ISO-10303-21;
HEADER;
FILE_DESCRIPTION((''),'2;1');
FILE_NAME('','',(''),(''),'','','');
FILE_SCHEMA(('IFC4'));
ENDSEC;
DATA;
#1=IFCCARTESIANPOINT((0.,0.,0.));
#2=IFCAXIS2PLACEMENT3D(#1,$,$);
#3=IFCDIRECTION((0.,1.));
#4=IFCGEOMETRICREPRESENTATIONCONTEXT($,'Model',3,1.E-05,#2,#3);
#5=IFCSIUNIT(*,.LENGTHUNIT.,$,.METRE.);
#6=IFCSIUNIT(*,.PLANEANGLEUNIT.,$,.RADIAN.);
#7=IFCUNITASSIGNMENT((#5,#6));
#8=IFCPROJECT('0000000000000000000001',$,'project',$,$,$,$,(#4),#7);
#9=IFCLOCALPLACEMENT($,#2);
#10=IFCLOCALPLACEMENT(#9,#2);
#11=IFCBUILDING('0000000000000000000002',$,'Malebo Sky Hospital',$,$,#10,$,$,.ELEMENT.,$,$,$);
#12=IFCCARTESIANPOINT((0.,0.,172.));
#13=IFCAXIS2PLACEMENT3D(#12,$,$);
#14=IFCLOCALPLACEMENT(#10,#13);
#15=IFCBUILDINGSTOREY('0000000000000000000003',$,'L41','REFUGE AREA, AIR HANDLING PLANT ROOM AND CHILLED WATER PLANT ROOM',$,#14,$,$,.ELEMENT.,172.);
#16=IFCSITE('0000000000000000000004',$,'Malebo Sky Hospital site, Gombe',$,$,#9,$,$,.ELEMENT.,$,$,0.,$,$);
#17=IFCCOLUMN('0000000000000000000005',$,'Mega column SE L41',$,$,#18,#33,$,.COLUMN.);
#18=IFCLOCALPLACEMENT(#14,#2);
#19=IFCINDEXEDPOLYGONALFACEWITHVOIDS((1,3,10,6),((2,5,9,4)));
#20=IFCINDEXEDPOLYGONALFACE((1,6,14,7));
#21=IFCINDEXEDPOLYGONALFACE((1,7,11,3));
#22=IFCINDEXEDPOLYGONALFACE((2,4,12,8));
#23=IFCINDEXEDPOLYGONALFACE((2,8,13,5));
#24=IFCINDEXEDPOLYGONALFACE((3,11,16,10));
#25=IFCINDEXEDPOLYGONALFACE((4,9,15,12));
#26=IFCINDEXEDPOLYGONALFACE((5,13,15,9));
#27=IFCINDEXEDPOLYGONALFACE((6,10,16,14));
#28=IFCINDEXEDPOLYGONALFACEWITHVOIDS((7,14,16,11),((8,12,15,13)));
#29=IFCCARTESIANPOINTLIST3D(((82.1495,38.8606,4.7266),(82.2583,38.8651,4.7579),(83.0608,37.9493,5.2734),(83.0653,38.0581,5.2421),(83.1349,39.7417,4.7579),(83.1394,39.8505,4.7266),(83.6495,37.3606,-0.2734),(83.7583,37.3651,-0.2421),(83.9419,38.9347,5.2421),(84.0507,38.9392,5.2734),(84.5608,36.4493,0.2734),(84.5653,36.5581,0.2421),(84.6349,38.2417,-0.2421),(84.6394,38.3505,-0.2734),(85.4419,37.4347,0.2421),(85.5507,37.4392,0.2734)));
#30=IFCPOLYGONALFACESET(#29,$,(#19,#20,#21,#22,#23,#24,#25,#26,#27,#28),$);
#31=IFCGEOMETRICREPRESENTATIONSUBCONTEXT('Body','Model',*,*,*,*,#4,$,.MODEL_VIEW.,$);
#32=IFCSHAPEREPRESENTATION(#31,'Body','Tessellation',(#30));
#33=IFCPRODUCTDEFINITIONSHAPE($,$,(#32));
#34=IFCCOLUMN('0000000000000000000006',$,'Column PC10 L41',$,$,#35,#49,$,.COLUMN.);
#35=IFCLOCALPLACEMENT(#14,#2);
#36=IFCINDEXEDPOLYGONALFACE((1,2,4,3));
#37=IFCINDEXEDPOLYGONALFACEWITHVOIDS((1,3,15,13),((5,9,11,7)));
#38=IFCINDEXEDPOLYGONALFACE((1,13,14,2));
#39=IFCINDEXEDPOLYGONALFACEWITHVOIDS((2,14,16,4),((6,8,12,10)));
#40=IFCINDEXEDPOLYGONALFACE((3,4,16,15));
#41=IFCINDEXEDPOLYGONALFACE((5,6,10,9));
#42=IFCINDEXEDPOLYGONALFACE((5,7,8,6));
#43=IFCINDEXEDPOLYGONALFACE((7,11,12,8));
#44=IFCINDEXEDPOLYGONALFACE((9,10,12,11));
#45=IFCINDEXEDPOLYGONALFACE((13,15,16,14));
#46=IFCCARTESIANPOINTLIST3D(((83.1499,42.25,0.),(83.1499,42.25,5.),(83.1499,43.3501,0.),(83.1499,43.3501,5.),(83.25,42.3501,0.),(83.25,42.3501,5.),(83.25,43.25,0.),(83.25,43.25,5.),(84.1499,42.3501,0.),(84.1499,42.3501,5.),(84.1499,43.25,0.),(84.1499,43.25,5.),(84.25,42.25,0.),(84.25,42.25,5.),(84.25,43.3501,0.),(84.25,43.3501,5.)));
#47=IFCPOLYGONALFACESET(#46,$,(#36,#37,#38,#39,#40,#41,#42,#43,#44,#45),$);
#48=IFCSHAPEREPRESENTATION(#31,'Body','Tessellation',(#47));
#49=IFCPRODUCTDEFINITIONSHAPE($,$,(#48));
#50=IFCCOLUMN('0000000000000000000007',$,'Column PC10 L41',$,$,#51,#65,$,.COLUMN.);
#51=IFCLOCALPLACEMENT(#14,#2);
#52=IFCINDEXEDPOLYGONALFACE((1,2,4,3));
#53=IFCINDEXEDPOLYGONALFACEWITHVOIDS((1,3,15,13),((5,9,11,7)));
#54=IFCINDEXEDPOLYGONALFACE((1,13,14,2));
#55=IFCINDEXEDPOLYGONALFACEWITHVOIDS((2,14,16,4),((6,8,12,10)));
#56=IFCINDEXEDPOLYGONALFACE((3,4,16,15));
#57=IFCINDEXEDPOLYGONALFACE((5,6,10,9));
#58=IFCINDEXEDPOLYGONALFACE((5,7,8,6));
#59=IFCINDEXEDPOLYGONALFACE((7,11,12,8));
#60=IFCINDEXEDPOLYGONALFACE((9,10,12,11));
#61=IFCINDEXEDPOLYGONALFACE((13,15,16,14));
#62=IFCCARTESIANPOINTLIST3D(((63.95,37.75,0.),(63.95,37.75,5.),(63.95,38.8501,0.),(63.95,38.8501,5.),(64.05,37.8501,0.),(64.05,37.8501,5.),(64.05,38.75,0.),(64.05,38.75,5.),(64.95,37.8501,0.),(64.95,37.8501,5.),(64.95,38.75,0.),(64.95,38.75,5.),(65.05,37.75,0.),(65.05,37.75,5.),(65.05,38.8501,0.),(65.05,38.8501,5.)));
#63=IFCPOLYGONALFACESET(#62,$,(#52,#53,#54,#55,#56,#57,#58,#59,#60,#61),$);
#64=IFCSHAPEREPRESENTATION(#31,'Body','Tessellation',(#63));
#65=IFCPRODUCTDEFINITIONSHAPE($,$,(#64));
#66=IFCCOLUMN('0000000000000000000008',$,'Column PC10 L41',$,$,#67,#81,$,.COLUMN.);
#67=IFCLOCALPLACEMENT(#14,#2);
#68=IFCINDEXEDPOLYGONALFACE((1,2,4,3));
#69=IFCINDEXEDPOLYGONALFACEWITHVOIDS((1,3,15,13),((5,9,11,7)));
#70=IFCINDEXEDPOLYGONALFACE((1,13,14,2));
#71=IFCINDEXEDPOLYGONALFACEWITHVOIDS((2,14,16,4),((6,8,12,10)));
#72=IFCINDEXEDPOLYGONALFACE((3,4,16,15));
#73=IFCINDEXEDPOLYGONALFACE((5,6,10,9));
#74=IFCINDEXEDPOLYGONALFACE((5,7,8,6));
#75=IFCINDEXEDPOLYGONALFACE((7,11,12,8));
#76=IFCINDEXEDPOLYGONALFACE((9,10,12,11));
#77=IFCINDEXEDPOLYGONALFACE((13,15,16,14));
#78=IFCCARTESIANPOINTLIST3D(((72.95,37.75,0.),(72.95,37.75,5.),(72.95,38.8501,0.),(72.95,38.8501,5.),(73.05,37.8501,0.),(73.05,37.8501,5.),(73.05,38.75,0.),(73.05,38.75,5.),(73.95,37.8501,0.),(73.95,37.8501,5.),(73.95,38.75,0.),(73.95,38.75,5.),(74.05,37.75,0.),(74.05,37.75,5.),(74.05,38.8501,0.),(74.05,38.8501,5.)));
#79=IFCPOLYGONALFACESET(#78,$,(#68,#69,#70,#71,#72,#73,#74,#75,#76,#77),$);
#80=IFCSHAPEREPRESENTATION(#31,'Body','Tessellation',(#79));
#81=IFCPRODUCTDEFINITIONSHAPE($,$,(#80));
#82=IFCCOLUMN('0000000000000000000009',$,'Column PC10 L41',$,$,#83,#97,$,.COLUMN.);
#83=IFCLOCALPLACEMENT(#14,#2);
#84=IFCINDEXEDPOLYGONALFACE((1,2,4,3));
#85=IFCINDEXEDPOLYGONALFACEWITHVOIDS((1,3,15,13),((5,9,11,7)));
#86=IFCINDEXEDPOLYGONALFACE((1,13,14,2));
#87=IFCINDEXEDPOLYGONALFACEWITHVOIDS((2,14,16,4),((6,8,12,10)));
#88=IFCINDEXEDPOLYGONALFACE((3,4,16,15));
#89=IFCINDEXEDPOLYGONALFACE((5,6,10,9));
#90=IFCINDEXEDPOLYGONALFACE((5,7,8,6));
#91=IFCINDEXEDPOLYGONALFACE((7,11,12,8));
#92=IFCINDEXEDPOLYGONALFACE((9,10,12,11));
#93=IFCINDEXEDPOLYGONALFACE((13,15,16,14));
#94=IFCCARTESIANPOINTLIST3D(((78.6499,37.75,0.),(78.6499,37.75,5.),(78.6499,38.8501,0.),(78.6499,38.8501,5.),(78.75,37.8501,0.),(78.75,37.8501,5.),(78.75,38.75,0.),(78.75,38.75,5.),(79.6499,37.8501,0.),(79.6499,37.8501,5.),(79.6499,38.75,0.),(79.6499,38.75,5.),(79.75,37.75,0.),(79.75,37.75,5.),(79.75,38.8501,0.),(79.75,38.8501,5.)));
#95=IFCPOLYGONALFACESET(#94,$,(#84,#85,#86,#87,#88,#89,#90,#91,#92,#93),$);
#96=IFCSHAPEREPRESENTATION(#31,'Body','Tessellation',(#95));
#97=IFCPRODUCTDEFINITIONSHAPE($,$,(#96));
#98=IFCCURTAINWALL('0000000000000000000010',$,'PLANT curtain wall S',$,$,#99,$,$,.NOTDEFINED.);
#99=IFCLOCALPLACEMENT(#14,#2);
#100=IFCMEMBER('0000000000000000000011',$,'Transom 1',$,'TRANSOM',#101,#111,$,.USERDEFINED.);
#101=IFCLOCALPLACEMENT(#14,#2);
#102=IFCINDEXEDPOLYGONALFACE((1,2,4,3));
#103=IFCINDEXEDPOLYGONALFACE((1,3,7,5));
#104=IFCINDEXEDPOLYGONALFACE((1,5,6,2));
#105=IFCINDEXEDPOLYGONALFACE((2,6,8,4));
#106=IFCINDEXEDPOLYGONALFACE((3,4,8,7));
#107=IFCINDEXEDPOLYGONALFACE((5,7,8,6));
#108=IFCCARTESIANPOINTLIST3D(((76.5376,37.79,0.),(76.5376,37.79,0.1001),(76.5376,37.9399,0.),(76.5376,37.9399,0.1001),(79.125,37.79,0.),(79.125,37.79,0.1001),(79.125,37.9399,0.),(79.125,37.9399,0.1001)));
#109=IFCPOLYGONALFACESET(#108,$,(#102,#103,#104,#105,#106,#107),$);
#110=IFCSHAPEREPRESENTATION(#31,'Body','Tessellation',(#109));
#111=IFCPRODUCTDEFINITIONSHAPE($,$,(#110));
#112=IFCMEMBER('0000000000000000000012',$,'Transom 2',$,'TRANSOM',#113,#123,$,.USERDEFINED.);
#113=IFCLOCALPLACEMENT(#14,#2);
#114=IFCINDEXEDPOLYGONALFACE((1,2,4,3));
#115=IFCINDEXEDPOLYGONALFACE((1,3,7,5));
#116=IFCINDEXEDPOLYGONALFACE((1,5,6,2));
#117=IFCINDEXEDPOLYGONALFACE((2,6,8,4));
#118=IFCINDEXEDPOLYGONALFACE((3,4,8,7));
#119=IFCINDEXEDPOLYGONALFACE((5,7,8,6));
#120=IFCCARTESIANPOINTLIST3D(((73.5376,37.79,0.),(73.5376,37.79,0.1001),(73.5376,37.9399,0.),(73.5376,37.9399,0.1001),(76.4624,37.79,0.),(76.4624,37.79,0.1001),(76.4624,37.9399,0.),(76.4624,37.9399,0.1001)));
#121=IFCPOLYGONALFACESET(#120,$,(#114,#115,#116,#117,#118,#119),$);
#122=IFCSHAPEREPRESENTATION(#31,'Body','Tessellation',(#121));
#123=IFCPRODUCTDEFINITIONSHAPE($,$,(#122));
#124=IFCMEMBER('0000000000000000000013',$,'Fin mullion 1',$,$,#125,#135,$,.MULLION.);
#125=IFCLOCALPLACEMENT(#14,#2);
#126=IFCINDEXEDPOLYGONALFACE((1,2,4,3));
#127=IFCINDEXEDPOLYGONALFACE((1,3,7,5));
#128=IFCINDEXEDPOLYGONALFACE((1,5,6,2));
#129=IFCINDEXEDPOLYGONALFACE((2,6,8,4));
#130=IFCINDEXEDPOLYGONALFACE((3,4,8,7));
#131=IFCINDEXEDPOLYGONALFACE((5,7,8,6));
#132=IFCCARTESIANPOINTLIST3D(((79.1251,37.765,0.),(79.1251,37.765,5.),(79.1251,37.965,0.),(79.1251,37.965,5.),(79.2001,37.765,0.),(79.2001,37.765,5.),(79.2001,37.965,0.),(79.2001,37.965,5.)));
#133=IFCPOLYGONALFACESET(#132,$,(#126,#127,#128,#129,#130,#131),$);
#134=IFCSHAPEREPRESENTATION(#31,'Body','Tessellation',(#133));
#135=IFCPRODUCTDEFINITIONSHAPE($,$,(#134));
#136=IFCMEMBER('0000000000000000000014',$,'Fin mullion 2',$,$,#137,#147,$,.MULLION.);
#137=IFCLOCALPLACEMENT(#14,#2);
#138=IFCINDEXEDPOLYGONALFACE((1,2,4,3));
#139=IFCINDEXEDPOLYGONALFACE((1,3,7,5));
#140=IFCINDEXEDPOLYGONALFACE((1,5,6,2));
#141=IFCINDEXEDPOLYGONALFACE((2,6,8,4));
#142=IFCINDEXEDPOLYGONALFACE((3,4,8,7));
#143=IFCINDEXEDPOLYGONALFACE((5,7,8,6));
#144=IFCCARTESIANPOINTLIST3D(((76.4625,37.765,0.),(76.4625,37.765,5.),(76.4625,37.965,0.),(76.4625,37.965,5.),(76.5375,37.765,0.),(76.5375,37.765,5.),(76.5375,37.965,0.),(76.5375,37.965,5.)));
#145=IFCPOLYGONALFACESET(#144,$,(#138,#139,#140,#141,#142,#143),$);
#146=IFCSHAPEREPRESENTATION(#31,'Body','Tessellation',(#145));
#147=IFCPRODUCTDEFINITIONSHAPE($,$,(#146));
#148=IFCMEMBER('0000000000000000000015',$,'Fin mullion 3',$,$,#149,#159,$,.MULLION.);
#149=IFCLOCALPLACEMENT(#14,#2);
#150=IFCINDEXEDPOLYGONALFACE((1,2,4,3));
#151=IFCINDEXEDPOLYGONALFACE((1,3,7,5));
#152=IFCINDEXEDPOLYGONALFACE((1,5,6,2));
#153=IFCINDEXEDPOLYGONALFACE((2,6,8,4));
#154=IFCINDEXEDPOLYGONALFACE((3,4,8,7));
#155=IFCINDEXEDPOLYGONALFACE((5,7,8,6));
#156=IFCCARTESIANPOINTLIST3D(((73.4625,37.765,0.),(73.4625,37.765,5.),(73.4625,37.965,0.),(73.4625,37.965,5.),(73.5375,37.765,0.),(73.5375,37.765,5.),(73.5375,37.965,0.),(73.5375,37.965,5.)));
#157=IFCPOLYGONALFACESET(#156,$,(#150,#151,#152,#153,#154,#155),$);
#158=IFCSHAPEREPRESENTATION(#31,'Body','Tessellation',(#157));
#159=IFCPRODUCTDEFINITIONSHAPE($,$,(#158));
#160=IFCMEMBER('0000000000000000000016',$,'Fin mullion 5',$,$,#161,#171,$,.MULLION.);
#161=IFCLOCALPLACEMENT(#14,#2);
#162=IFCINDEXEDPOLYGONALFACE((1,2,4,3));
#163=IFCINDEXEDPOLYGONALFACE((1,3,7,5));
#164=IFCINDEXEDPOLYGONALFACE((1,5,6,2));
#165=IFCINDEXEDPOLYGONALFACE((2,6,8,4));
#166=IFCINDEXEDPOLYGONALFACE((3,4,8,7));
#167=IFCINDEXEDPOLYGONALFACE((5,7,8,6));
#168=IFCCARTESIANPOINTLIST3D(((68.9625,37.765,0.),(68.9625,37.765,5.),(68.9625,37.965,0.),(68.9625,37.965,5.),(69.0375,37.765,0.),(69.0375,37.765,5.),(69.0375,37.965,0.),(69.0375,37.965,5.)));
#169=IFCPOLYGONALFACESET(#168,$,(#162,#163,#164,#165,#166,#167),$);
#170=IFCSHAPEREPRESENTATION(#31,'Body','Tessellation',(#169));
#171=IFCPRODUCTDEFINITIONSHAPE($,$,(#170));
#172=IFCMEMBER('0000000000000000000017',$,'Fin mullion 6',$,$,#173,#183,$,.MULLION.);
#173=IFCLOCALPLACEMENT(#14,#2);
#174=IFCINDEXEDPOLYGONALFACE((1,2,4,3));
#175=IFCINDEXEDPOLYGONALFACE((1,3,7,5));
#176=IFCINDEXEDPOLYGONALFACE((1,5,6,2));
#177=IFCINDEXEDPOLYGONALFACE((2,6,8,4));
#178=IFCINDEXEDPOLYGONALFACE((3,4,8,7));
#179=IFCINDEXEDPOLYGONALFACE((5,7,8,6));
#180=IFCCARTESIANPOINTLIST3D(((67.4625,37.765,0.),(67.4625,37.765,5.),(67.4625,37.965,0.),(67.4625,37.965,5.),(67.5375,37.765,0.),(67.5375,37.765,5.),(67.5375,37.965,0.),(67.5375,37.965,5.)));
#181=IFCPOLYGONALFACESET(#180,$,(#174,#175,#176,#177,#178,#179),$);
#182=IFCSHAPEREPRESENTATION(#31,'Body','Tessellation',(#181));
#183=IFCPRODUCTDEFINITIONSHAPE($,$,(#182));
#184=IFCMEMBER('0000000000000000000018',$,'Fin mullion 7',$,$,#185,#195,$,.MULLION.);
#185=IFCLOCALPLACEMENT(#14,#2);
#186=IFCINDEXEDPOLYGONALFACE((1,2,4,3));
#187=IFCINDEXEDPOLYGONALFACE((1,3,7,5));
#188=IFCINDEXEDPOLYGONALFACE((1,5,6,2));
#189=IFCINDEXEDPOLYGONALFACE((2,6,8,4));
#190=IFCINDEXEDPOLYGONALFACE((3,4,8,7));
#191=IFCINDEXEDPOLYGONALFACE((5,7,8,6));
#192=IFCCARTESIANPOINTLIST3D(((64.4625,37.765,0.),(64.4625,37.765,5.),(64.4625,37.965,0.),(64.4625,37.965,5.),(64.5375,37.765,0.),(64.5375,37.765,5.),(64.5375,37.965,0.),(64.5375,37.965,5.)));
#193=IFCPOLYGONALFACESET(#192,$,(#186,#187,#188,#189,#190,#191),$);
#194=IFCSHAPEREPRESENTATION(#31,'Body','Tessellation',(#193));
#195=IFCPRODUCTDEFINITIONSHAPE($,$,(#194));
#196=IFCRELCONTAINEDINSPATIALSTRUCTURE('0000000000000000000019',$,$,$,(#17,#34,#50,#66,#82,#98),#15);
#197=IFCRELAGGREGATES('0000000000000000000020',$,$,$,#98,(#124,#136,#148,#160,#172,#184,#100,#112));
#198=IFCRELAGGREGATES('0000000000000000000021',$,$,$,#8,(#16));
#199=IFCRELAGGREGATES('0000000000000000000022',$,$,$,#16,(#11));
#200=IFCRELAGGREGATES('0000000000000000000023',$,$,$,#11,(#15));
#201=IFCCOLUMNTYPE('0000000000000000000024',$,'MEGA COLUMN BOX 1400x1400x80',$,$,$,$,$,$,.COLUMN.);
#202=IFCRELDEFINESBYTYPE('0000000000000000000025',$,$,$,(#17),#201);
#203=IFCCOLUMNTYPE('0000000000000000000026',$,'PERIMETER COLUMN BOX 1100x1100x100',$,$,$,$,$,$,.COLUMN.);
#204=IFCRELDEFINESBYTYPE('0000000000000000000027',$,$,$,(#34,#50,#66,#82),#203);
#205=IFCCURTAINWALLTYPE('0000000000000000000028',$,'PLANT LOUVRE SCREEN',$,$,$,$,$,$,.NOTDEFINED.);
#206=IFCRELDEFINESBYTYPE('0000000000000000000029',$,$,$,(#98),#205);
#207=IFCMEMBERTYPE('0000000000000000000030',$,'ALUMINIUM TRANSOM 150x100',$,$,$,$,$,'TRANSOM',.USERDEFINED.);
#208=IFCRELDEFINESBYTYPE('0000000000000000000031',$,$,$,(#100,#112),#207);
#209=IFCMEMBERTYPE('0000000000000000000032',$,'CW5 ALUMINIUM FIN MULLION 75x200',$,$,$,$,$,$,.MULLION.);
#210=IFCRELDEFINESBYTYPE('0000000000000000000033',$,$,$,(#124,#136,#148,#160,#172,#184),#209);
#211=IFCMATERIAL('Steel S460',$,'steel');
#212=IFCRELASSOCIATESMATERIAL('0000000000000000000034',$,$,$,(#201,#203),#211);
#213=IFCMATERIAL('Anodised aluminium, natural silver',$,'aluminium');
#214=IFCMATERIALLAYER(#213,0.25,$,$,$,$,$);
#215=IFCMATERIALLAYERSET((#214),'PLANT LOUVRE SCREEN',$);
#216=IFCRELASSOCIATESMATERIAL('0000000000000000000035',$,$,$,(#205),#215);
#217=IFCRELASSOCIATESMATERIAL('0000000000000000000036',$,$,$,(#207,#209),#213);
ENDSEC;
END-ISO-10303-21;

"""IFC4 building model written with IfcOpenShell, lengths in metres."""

from ifc_helpers import new_model, si_unit, direction, frame, origin, origin_2d, place, context, subcontext, project, spatial, rectangle, hollow_rectangle, extrude, material, layer, layer_set, material_profile, profile_set, type_object, element, aggregate, save


model = new_model("IFC4")

# Units and contexts
model_context = context("Model", 3, precision=1e-05, world=origin(), true_north=direction((0.0, 1.0)))
body_context = subcontext(model_context, "Body", "Model", "MODEL_VIEW")
ifc_project = project(units=[si_unit("LENGTHUNIT", "METRE"), si_unit("PLANEANGLEUNIT", "RADIAN")], contexts=[model_context])

# Site, building, storey
site_placement = place(None, origin())
site = spatial("IfcSite", under=ifc_project, at=site_placement, Name="Malebo Sky Hospital site, Gombe", CompositionType="ELEMENT", RefElevation=0.0)
building_placement = place(site_placement, origin())
building = spatial("IfcBuilding", under=site, at=building_placement, Name="Malebo Sky Hospital", CompositionType="ELEMENT")
storey_placement = place(building_placement, frame((0.0, 0.0, 172.0)))
storey = spatial("IfcBuildingStorey", under=building, at=storey_placement, Name="L41", Description="REFUGE AREA, AIR HANDLING PLANT ROOM AND CHILLED WATER PLANT ROOM", CompositionType="ELEMENT", Elevation=172.0)

# Columns
ifc_material_1 = material(Name="Steel S460", Category="steel")
ifc_material_profile_1 = material_profile(ifc_material_1, hollow_rectangle(XDim=1.3999, YDim=1.3999, WallThickness=0.0801, at=origin_2d()), Name="BOX 1400x1400x80")
ifc_profile_set_1 = profile_set([ifc_material_profile_1], Name="Steel S460")
column_type_1 = type_object("IfcColumnType", Name="MEGA COLUMN BOX 1400x1400x80", PredefinedType="COLUMN", material=ifc_profile_set_1)
column_placement = place(storey_placement, frame((84.6001, 37.3999, 0.0), z_axis=(-0.276172, 0.276172, 0.920575), x_axis=(-0.707107, -0.707107, 0.0)))
element("IfcColumn", 1, at=column_placement, inside=storey, type_object=column_type_1, Name="Mega column SE L41", PredefinedType="COLUMN", context=body_context, shape_type="SweptSolid", body=[
    extrude(hollow_rectangle(XDim=1.3999, YDim=1.3999, WallThickness=0.0801, at=origin_2d()), origin(), (0.0, 0.0, 1.0), 5.4314),
])
ifc_material_profile_2 = material_profile(ifc_material_1, hollow_rectangle(XDim=1.1001, YDim=1.1001, WallThickness=0.1001, at=origin_2d()), Name="BOX 1100x1100x100")
ifc_profile_set_2 = profile_set([ifc_material_profile_2], Name="Steel S460")
column_type_2 = type_object("IfcColumnType", Name="PERIMETER COLUMN BOX 1100x1100x100", PredefinedType="COLUMN", material=ifc_profile_set_2)
for number, where, z_axis, x_axis, name in (
    (2, (83.7, 42.8, 0.0), (0.0, 0.0, 1.0), (1.0, 0.0, 0.0), "Column PC10 L41"),
    (3, (64.5, 38.3, 0.0), (0.0, 0.0, 1.0), (1.0, 0.0, 0.0), "Column PC10 L41"),
    (4, (73.5, 38.3, 0.0), (0.0, 0.0, 1.0), (1.0, 0.0, 0.0), "Column PC10 L41"),
    (5, (79.2, 38.3, 0.0), (0.0, 0.0, 1.0), (1.0, 0.0, 0.0), "Column PC10 L41"),
):
    element("IfcColumn", number, at=place(storey_placement, frame(where, z_axis=z_axis, x_axis=x_axis)), inside=storey, type_object=column_type_2, Name=name, PredefinedType="COLUMN", context=body_context, shape_type="SweptSolid", body=[
        extrude(hollow_rectangle(XDim=1.1001, YDim=1.1001, WallThickness=0.1001, at=origin_2d()), origin(), (0.0, 0.0, 1.0), 5.0),
    ])

# Curtain wall, members
ifc_material_2 = material(Name="Anodised aluminium, natural silver", Category="aluminium")
ifc_layer_1 = layer(ifc_material_2, 0.25)
ifc_layer_set_1 = layer_set([ifc_layer_1], Name="PLANT LOUVRE SCREEN")
curtain_wall_type = type_object("IfcCurtainWallType", Name="PLANT LOUVRE SCREEN", PredefinedType="NOTDEFINED", material=ifc_layer_set_1)
curtain_wall_placement = place(storey_placement, origin())
curtain_wall = element("IfcCurtainWall", 6, at=curtain_wall_placement, inside=storey, type_object=curtain_wall_type, Name="PLANT curtain wall S", PredefinedType="NOTDEFINED")
ifc_material_profile_3 = material_profile(ifc_material_2, rectangle(XDim=0.1499, YDim=0.1001, at=origin_2d()), Name="ALUMINIUM TRANSOM 150x100")
ifc_profile_set_3 = profile_set([ifc_material_profile_3], Name="Anodised aluminium, natural silver")
member_type_1 = type_object("IfcMemberType", Name="ALUMINIUM TRANSOM 150x100", ElementType="TRANSOM", PredefinedType="USERDEFINED", material=ifc_profile_set_3)
member_1_placement = place(storey_placement, frame((79.125, 37.865, 0.05), z_axis=(-1.0, 0.0, 0.0), x_axis=(0.0, -1.0, 0.0)))
member_1 = element("IfcMember", 7, at=member_1_placement, type_object=member_type_1, Name="Transom 1", ObjectType="TRANSOM", PredefinedType="USERDEFINED", context=body_context, shape_type="SweptSolid", body=[
    extrude(rectangle(XDim=0.1499, YDim=0.1001, at=origin_2d()), origin(), (0.0, 0.0, 1.0), 2.5874),
])
member_2_placement = place(storey_placement, frame((76.4624, 37.865, 0.05), z_axis=(-1.0, 0.0, 0.0), x_axis=(0.0, -1.0, 0.0)))
member_2 = element("IfcMember", 8, at=member_2_placement, type_object=member_type_1, Name="Transom 2", ObjectType="TRANSOM", PredefinedType="USERDEFINED", context=body_context, shape_type="SweptSolid", body=[
    extrude(rectangle(XDim=0.1499, YDim=0.1001, at=origin_2d()), origin(), (0.0, 0.0, 1.0), 2.9248),
])
ifc_material_profile_4 = material_profile(ifc_material_2, rectangle(XDim=0.075, YDim=0.2, at=origin_2d()), Name="CW5 ALUMINIUM FIN MULLION 75x200")
ifc_profile_set_4 = profile_set([ifc_material_profile_4], Name="Anodised aluminium, natural silver")
member_type_2 = type_object("IfcMemberType", Name="CW5 ALUMINIUM FIN MULLION 75x200", PredefinedType="MULLION", material=ifc_profile_set_4)
member_3_placement = place(storey_placement, frame((79.1626, 37.865, 0.0), z_axis=(0.0, 0.0, 1.0), x_axis=(-1.0, 0.0, 0.0)))
member_3 = element("IfcMember", 9, at=member_3_placement, type_object=member_type_2, Name="Fin mullion 1", PredefinedType="MULLION", context=body_context, shape_type="SweptSolid", body=[
    extrude(rectangle(XDim=0.075, YDim=0.2, at=origin_2d()), origin(), (0.0, 0.0, 1.0), 5.0),
])
member_4_placement = place(storey_placement, frame((76.5, 37.865, 0.0), z_axis=(0.0, 0.0, 1.0), x_axis=(-1.0, 0.0, 0.0)))
member_4 = element("IfcMember", 10, at=member_4_placement, type_object=member_type_2, Name="Fin mullion 2", PredefinedType="MULLION", context=body_context, shape_type="SweptSolid", body=[
    extrude(rectangle(XDim=0.075, YDim=0.2, at=origin_2d()), origin(), (0.0, 0.0, 1.0), 5.0),
])
member_5_placement = place(storey_placement, frame((73.5, 37.865, 0.0), z_axis=(0.0, 0.0, 1.0), x_axis=(-1.0, 0.0, 0.0)))
member_5 = element("IfcMember", 11, at=member_5_placement, type_object=member_type_2, Name="Fin mullion 3", PredefinedType="MULLION", context=body_context, shape_type="SweptSolid", body=[
    extrude(rectangle(XDim=0.075, YDim=0.2, at=origin_2d()), origin(), (0.0, 0.0, 1.0), 5.0),
])
member_6_placement = place(storey_placement, frame((69.0, 37.865, 0.0), z_axis=(0.0, 0.0, 1.0), x_axis=(-1.0, 0.0, 0.0)))
member_6 = element("IfcMember", 12, at=member_6_placement, type_object=member_type_2, Name="Fin mullion 5", PredefinedType="MULLION", context=body_context, shape_type="SweptSolid", body=[
    extrude(rectangle(XDim=0.075, YDim=0.2, at=origin_2d()), origin(), (0.0, 0.0, 1.0), 5.0),
])
member_7_placement = place(storey_placement, frame((67.5, 37.865, 0.0), z_axis=(0.0, 0.0, 1.0), x_axis=(-1.0, 0.0, 0.0)))
member_7 = element("IfcMember", 13, at=member_7_placement, type_object=member_type_2, Name="Fin mullion 6", PredefinedType="MULLION", context=body_context, shape_type="SweptSolid", body=[
    extrude(rectangle(XDim=0.075, YDim=0.2, at=origin_2d()), origin(), (0.0, 0.0, 1.0), 5.0),
])
member_8_placement = place(storey_placement, frame((64.5, 37.865, 0.0), z_axis=(0.0, 0.0, 1.0), x_axis=(-1.0, 0.0, 0.0)))
member_8 = element("IfcMember", 14, at=member_8_placement, type_object=member_type_2, Name="Fin mullion 7", PredefinedType="MULLION", context=body_context, shape_type="SweptSolid", body=[
    extrude(rectangle(XDim=0.075, YDim=0.2, at=origin_2d()), origin(), (0.0, 0.0, 1.0), 5.0),
])
aggregate(curtain_wall, [member_3, member_4, member_5, member_6, member_7, member_8, member_1, member_2])

save(model, "model.ifc")
